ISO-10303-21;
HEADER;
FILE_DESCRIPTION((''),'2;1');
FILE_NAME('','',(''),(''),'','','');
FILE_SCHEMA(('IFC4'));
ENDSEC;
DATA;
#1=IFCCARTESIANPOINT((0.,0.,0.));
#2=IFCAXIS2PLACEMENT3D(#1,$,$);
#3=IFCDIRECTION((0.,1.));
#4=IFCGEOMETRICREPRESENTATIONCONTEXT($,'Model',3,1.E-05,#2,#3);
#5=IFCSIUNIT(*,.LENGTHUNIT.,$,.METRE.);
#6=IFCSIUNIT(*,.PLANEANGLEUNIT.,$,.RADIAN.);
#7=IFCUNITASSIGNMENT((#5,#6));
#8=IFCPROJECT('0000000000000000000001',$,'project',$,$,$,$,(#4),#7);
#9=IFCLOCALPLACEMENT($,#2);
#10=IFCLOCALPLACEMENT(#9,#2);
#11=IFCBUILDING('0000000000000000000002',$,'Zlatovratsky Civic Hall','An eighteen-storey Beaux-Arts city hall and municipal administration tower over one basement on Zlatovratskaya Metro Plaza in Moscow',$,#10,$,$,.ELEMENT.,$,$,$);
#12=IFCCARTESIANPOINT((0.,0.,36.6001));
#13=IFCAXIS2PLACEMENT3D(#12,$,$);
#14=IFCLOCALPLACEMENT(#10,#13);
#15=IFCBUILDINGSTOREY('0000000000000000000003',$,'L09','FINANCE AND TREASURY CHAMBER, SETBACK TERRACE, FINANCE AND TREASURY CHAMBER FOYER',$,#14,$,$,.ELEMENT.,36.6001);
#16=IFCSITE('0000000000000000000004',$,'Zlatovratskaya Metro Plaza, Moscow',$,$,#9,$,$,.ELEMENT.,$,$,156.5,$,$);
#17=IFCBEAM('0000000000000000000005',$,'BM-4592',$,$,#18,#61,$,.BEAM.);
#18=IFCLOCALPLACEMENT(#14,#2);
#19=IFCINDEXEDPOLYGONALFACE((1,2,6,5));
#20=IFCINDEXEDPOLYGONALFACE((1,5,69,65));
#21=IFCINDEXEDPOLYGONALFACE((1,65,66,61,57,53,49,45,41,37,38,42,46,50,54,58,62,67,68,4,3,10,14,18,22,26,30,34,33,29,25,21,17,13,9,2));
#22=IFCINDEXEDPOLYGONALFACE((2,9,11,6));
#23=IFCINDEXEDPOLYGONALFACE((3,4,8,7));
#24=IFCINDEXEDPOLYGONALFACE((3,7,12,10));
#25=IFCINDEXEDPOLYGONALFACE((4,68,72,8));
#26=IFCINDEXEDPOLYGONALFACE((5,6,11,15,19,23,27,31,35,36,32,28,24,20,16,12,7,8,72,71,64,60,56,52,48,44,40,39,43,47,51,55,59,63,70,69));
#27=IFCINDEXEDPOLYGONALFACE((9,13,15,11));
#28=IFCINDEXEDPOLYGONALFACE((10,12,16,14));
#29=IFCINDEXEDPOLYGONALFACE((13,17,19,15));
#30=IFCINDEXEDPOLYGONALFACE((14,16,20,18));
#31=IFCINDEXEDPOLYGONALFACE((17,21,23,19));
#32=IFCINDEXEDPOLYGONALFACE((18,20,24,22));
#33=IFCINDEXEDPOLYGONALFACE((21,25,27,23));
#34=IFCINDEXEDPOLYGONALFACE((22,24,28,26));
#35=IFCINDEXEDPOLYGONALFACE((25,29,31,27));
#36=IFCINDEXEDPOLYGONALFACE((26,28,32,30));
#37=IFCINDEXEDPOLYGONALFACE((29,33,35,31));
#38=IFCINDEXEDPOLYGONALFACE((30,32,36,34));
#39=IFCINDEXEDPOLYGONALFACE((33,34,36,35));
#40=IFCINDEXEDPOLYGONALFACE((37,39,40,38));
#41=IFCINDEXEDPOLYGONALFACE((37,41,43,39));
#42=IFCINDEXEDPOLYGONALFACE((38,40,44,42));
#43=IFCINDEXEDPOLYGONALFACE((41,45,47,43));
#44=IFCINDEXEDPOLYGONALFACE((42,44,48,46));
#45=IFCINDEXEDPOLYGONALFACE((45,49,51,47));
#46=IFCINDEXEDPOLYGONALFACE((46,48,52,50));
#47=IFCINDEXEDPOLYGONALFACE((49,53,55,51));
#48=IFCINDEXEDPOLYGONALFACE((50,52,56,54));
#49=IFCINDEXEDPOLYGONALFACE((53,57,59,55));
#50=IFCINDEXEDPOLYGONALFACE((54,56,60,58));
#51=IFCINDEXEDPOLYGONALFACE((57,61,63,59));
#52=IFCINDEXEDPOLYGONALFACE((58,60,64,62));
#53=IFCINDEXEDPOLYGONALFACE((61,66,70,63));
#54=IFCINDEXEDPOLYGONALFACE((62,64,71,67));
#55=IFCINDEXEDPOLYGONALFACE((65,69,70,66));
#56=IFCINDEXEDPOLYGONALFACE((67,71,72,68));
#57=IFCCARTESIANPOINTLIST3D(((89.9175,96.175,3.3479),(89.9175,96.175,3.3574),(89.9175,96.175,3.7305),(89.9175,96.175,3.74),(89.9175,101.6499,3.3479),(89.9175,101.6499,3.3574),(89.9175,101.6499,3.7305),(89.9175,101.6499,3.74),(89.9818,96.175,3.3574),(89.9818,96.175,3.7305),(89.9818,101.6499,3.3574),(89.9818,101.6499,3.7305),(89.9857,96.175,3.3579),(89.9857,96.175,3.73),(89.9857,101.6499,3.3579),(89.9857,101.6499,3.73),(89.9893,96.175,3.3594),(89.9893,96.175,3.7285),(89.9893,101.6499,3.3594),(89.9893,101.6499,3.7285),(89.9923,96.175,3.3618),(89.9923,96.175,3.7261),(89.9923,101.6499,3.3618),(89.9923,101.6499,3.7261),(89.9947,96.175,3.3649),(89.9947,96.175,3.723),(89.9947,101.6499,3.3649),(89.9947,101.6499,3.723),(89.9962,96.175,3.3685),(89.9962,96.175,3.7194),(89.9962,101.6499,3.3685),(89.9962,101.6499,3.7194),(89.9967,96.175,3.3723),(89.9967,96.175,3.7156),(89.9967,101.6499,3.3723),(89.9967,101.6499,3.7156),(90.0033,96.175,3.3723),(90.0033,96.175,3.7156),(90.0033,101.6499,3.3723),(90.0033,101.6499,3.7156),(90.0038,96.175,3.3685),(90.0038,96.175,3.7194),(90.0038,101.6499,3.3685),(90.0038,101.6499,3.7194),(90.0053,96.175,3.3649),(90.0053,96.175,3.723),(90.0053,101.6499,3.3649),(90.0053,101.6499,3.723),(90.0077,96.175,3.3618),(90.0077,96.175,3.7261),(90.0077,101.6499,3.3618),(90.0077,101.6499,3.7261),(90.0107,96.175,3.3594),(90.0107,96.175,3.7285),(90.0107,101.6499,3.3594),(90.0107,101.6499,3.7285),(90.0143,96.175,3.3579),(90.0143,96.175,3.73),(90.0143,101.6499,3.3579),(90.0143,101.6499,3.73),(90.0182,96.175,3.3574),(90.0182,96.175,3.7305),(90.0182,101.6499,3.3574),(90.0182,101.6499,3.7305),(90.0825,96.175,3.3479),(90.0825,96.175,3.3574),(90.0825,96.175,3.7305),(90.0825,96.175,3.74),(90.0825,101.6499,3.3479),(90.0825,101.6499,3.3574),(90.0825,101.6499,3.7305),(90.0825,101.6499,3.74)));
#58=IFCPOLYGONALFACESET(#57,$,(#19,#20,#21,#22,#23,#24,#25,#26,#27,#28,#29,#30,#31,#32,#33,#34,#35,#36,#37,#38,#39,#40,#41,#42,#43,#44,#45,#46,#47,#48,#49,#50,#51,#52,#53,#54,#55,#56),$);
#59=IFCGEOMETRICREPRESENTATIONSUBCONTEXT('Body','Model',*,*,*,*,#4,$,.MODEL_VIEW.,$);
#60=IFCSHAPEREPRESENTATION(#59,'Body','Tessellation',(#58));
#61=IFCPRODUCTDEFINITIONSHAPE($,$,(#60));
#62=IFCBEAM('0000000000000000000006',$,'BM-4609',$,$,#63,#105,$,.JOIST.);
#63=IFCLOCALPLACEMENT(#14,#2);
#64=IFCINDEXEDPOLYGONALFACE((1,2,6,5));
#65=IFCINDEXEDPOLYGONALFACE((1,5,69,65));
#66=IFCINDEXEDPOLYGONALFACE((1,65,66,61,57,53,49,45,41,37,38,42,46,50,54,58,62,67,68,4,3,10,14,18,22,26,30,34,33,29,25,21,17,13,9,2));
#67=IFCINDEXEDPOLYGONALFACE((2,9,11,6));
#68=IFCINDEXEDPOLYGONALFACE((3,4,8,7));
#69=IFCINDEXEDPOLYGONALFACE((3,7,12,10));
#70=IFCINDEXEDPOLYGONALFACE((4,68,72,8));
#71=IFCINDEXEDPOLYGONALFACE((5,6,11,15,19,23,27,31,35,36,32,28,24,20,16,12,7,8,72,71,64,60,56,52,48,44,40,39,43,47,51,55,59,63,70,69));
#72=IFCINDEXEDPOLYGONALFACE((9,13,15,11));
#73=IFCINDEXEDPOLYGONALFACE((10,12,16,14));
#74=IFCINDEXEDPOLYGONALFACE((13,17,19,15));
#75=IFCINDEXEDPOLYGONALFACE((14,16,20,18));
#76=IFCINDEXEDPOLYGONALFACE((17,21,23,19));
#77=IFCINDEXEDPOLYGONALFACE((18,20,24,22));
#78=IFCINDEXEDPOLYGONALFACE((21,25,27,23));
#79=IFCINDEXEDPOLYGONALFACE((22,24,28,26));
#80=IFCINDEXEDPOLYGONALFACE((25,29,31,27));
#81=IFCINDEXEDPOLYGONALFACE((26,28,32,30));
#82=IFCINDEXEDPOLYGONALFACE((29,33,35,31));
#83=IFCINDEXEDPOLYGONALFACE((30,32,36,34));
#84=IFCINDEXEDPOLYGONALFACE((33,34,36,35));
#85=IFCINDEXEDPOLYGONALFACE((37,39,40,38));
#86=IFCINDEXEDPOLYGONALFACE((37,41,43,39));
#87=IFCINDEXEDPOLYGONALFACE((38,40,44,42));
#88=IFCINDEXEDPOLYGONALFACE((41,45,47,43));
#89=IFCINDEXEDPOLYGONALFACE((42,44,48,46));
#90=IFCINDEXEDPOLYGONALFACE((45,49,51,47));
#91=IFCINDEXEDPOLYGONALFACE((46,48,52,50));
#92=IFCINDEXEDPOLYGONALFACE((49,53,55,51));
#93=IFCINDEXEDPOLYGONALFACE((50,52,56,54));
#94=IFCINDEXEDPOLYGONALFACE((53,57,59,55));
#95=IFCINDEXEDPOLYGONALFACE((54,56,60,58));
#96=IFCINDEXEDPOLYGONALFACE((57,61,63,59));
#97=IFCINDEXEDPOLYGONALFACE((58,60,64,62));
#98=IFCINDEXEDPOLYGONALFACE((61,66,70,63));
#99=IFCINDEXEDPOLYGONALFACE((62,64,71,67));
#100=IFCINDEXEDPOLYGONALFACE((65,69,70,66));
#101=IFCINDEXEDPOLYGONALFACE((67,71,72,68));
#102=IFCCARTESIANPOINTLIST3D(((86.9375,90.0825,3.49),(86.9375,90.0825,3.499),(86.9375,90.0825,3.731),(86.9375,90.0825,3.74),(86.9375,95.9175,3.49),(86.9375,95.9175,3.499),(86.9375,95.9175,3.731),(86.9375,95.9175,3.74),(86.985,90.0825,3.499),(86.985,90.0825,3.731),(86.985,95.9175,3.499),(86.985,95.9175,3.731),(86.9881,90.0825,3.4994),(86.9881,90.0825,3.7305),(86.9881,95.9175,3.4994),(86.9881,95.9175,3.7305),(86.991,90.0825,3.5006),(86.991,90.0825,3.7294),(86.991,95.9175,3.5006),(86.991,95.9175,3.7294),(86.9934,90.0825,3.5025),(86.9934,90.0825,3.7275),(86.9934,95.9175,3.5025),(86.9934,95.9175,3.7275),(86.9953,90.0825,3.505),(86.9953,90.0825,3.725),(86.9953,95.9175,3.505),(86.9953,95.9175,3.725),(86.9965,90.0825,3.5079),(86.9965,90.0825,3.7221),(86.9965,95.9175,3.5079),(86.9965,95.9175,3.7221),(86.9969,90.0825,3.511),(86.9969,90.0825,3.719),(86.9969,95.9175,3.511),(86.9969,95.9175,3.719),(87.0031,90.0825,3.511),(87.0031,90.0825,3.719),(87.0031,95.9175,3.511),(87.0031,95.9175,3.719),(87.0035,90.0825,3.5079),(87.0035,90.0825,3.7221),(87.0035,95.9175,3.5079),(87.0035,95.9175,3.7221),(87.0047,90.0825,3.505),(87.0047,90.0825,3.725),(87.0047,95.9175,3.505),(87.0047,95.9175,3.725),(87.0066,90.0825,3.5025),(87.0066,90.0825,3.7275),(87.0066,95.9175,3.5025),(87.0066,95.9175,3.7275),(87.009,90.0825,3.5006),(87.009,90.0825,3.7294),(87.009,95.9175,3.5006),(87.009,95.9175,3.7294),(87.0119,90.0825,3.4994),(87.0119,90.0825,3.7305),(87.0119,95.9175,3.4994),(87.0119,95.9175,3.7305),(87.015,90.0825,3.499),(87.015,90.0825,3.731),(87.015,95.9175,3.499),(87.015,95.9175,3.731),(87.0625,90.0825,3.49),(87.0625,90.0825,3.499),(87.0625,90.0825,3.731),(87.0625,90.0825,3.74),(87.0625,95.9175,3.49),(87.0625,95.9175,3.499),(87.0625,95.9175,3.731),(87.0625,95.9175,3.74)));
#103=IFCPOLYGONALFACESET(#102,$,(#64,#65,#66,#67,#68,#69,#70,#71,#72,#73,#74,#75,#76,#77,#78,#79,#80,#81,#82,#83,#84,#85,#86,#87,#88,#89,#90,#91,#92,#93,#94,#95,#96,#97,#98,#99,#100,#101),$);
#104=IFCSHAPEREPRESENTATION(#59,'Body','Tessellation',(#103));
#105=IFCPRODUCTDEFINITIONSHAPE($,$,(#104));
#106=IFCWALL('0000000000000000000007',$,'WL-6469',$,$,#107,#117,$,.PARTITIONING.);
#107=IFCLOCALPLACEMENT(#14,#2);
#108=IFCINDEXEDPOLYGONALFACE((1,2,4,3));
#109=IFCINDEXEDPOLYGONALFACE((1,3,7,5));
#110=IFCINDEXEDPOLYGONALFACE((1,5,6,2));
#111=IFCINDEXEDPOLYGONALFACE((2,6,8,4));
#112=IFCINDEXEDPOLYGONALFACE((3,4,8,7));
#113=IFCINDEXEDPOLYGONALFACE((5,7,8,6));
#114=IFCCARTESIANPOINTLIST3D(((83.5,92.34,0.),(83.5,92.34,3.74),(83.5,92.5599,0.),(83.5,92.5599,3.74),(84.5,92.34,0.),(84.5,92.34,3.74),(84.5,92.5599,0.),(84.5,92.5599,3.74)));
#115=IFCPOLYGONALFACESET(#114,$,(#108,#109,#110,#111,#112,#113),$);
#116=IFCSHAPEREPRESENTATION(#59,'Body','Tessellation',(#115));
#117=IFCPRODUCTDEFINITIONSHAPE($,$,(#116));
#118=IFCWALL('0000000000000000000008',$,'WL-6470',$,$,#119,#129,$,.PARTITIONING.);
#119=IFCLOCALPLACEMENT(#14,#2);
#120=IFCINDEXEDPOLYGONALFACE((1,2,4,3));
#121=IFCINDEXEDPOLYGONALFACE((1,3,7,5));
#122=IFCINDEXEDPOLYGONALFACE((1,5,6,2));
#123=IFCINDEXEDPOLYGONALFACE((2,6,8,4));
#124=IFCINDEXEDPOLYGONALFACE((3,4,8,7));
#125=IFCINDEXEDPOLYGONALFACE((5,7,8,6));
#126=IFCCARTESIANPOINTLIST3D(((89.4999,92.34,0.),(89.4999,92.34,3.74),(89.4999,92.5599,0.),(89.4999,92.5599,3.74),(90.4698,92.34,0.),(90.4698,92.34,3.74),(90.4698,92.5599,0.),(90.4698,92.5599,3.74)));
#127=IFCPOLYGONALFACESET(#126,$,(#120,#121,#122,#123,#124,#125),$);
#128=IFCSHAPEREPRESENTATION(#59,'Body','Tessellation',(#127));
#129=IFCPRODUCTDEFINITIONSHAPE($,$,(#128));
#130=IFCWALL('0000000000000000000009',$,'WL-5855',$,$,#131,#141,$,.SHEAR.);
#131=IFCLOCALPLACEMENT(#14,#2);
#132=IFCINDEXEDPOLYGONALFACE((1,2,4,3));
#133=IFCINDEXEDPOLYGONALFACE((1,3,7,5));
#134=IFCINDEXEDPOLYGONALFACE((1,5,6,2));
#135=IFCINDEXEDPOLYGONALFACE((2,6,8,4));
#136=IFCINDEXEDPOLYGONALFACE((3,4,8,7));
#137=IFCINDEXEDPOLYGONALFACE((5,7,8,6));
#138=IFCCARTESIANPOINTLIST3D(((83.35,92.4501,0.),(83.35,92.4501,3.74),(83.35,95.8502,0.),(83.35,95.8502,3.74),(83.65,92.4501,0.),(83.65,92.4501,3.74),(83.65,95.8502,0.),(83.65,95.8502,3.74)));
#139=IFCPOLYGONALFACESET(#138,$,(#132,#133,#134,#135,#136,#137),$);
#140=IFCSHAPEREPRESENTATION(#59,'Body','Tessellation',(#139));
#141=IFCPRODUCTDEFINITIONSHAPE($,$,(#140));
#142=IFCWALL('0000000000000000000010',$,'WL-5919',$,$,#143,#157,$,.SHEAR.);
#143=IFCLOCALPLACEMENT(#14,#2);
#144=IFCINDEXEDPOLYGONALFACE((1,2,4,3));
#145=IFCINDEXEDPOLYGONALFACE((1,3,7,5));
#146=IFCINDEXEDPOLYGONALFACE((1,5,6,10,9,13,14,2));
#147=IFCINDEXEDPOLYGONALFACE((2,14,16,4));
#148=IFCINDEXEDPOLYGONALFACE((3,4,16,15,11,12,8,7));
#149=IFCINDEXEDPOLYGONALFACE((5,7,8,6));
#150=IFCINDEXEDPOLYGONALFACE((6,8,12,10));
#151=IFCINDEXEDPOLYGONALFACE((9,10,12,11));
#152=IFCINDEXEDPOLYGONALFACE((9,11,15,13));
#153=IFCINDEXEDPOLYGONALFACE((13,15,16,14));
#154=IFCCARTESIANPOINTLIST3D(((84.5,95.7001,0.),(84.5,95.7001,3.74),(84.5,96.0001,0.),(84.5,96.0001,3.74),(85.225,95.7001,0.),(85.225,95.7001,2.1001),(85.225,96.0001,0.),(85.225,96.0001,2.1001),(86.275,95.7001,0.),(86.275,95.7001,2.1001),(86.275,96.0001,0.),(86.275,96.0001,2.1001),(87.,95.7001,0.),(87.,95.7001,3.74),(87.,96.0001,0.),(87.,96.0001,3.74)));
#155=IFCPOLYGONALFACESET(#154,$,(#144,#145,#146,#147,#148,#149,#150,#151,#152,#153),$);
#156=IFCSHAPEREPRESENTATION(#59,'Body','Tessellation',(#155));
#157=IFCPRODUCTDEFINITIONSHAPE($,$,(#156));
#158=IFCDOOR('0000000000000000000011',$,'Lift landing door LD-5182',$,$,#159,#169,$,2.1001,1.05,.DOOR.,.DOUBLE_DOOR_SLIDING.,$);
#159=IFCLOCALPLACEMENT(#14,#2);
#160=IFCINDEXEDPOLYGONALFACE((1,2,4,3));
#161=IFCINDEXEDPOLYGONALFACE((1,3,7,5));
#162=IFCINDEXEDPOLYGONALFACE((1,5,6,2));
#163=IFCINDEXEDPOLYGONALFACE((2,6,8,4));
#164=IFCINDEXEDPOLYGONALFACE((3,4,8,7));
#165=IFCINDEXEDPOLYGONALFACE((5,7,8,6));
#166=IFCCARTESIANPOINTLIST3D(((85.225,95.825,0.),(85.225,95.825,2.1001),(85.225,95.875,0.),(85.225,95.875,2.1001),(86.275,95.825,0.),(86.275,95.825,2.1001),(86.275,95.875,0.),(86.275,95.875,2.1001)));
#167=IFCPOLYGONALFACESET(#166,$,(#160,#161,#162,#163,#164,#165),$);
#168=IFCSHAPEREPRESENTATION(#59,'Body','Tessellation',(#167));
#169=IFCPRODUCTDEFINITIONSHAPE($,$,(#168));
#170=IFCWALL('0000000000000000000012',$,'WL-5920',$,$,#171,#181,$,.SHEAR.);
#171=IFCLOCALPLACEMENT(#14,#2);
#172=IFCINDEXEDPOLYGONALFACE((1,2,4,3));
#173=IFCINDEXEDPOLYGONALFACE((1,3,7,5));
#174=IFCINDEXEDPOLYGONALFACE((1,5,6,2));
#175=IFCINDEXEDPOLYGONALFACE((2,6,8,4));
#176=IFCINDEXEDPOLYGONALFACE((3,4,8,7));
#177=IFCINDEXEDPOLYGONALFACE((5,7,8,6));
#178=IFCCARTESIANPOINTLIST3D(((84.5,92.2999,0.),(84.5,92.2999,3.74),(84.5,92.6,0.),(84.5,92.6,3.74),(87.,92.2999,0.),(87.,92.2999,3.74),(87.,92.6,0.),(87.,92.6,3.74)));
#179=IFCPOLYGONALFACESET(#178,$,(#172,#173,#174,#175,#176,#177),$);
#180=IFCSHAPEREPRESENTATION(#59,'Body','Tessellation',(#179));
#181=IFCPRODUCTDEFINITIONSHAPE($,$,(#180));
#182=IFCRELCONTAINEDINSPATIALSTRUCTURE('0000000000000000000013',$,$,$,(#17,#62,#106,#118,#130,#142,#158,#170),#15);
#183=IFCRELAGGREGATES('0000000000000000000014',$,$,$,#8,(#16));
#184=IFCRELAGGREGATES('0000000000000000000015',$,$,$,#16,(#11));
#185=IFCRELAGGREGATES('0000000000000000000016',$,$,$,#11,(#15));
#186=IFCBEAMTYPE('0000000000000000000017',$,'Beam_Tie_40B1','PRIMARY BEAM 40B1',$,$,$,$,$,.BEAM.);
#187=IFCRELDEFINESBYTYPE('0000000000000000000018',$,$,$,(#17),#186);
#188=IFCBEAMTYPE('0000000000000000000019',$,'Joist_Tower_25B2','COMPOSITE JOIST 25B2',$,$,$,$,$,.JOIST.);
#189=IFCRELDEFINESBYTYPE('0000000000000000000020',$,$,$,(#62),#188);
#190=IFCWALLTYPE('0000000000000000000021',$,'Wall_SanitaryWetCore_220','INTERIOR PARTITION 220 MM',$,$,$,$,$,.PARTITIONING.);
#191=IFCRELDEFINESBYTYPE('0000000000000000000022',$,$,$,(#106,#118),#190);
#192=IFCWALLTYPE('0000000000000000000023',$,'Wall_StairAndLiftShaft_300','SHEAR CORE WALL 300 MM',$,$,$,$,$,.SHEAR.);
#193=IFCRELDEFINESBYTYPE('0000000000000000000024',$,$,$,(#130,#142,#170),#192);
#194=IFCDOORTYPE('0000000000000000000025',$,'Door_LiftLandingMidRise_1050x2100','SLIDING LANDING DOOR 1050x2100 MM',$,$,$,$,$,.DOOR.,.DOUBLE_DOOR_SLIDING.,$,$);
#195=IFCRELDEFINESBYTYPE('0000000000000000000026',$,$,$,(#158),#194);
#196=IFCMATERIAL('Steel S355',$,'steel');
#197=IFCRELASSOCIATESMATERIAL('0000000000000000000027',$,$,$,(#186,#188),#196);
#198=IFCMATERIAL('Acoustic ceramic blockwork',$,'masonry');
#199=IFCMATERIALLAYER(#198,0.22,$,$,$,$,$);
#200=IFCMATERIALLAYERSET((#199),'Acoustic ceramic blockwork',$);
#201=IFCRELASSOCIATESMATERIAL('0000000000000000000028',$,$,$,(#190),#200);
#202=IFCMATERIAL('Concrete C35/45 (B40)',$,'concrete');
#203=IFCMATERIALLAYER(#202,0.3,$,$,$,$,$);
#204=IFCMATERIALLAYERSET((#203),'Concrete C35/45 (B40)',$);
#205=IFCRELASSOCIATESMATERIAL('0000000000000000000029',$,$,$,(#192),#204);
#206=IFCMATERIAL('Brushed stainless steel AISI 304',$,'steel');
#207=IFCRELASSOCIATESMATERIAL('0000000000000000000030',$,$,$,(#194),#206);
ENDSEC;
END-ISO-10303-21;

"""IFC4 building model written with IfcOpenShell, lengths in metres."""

from ifc_helpers import new_model, si_unit, direction, frame, frame_2d, origin, origin_2d, place, context, subcontext, project, spatial, rectangle, i_section, extrude, material, layer, layer_set, material_profile, profile_set, type_object, element, fill, save


model = new_model("IFC4")

# Units and contexts
model_context = context("Model", 3, precision=1e-05, world=origin(), true_north=direction((0.0, 1.0)))
body_context = subcontext(model_context, "Body", "Model", "MODEL_VIEW")
ifc_project = project(units=[si_unit("LENGTHUNIT", "METRE"), si_unit("PLANEANGLEUNIT", "RADIAN")], contexts=[model_context])

# Site, building, storey
site_placement = place(None, origin())
site = spatial("IfcSite", under=ifc_project, at=site_placement, Name="Zlatovratskaya Metro Plaza, Moscow", CompositionType="ELEMENT", RefElevation=156.5)
building_placement = place(site_placement, origin())
building = spatial("IfcBuilding", under=site, at=building_placement, Name="Zlatovratsky Civic Hall", Description="An eighteen-storey Beaux-Arts city hall and municipal administration tower over one basement on Zlatovratskaya Metro Plaza in Moscow", CompositionType="ELEMENT")
storey_placement = place(building_placement, frame((0.0, 0.0, 36.6001)))
storey = spatial("IfcBuildingStorey", under=building, at=storey_placement, Name="L09", Description="FINANCE AND TREASURY CHAMBER, SETBACK TERRACE, FINANCE AND TREASURY CHAMBER FOYER", CompositionType="ELEMENT", Elevation=36.6001)

# Shared definitions
ifc_material_1 = material(Name="Concrete C35/45 (B40)", Category="concrete")
ifc_material_2 = material(Name="Steel S355", Category="steel")

# Beams
ifc_material_profile_1 = material_profile(ifc_material_2, i_section(OverallWidth=0.165, OverallDepth=0.3921, WebThickness=0.0066, FlangeThickness=0.0095, FilletRadius=0.0149, at=origin_2d()), Name="40B1")
ifc_profile_set_1 = profile_set([ifc_material_profile_1], Name="Steel S355")
beam_type_1 = type_object("IfcBeamType", Name="Beam_Tie_40B1", Description="PRIMARY BEAM 40B1", PredefinedType="BEAM", material=ifc_profile_set_1)
for number, where, z_axis, x_axis, name in (
    (1, (90.0, 96.175, 3.5439), (0.0, 1.0, 0.0), (-1.0, 0.0, 0.0), "BM-4592"),
):
    element("IfcBeam", number, at=place(storey_placement, frame(where, z_axis=z_axis, x_axis=x_axis)), inside=storey, type_object=beam_type_1, Name=name, PredefinedType="BEAM", context=body_context, shape_type="SweptSolid", body=[
        extrude(i_section(OverallWidth=0.165, OverallDepth=0.3921, WebThickness=0.0066, FlangeThickness=0.0095, FilletRadius=0.0149, at=origin_2d()), origin(), (0.0, 0.0, 1.0), 5.4749),
    ])
ifc_material_profile_2 = material_profile(ifc_material_2, i_section(OverallWidth=0.125, OverallDepth=0.25, WebThickness=0.0061, FlangeThickness=0.009, FilletRadius=0.012, at=origin_2d()), Name="25B2")
ifc_profile_set_2 = profile_set([ifc_material_profile_2], Name="Steel S355")
beam_type_2 = type_object("IfcBeamType", Name="Joist_Tower_25B2", Description="COMPOSITE JOIST 25B2", PredefinedType="JOIST", material=ifc_profile_set_2)
beam_1_placement = place(storey_placement, frame((87.0, 90.0825, 3.615), z_axis=(0.0, 1.0, 0.0), x_axis=(-1.0, 0.0, 0.0)))
element("IfcBeam", 2, at=beam_1_placement, inside=storey, type_object=beam_type_2, Name="BM-4609", PredefinedType="JOIST", context=body_context, shape_type="SweptSolid", body=[
    extrude(i_section(OverallWidth=0.125, OverallDepth=0.25, WebThickness=0.0061, FlangeThickness=0.009, FilletRadius=0.012, at=origin_2d()), origin(), (0.0, 0.0, 1.0), 5.835),
])

# Walls
ifc_material_3 = material(Name="Acoustic ceramic blockwork", Category="masonry")
ifc_layer_1 = layer(ifc_material_3, 0.22)
ifc_layer_set_1 = layer_set([ifc_layer_1], Name="Acoustic ceramic blockwork")
wall_type_1 = type_object("IfcWallType", Name="Wall_SanitaryWetCore_220", Description="INTERIOR PARTITION 220 MM", PredefinedType="PARTITIONING", material=ifc_layer_set_1)
wall_1_placement = place(storey_placement, frame((83.5, 92.45, 0.0), z_axis=(0.0, 0.0, 1.0), x_axis=(1.0, 0.0, 0.0)))
element("IfcWall", 3, at=wall_1_placement, inside=storey, type_object=wall_type_1, Name="WL-6469", PredefinedType="PARTITIONING", context=body_context, shape_type="SweptSolid", body=[
    extrude(rectangle(XDim=1.0, YDim=0.22, at=frame_2d((0.5, 0.0))), origin(), (0.0, 0.0, 1.0), 3.74),
])
wall_2_placement = place(storey_placement, frame((89.5, 92.45, 0.0), z_axis=(0.0, 0.0, 1.0), x_axis=(1.0, 0.0, 0.0)))
element("IfcWall", 4, at=wall_2_placement, inside=storey, type_object=wall_type_1, Name="WL-6470", PredefinedType="PARTITIONING", context=body_context, shape_type="SweptSolid", body=[
    extrude(rectangle(XDim=0.97, YDim=0.22, at=frame_2d((0.4849, 0.0))), origin(), (0.0, 0.0, 1.0), 3.74),
])
ifc_layer_2 = layer(ifc_material_1, 0.3)
ifc_layer_set_2 = layer_set([ifc_layer_2], Name="Concrete C35/45 (B40)")
wall_type_2 = type_object("IfcWallType", Name="Wall_StairAndLiftShaft_300", Description="SHEAR CORE WALL 300 MM", PredefinedType="SHEAR", material=ifc_layer_set_2)
wall_3_placement = place(storey_placement, frame((83.5, 92.45, 0.0), z_axis=(0.0, 0.0, 1.0), x_axis=(0.0, 1.0, 0.0)))
element("IfcWall", 5, at=wall_3_placement, inside=storey, type_object=wall_type_2, Name="WL-5855", PredefinedType="SHEAR", context=body_context, shape_type="SweptSolid", body=[
    extrude(rectangle(XDim=3.4001, YDim=0.3, at=frame_2d((1.7002, 0.0))), origin(), (0.0, 0.0, 1.0), 3.74),
])

# Wall, opening, door
wall_4_placement = place(storey_placement, frame((84.5, 95.8501, 0.0), z_axis=(0.0, 0.0, 1.0), x_axis=(1.0, 0.0, 0.0)))
wall_4 = element("IfcWall", 6, at=wall_4_placement, inside=storey, type_object=wall_type_2, Name="WL-5919", PredefinedType="SHEAR", context=body_context, shape_type="SweptSolid", body=[
    extrude(rectangle(XDim=2.5, YDim=0.3, at=frame_2d((1.25, 0.0))), origin(), (0.0, 0.0, 1.0), 3.74),
])
opening_1_placement = place(wall_4_placement, frame((0.7251, 0.0, 0.0)))
opening_1 = element("IfcOpeningElement", 7, at=opening_1_placement, cuts=wall_4, PredefinedType="OPENING", context=body_context, shape_type="SweptSolid", body=[
    extrude(rectangle(XDim=1.05, YDim=2.1001, at=frame_2d((0.5249, 1.05))), frame((0.0, 0.165, 0.0), z_axis=(0.0, -1.0, 0.0), x_axis=(1.0, 0.0, 0.0)), (0.0, 0.0, 1.0), 0.3298),
])
ifc_material_4 = material(Name="Brushed stainless steel AISI 304", Category="steel")
door_type = type_object("IfcDoorType", Name="Door_LiftLandingMidRise_1050x2100", Description="SLIDING LANDING DOOR 1050x2100 MM", OperationType="DOUBLE_DOOR_SLIDING", PredefinedType="DOOR", material=ifc_material_4)
door_1_placement = place(opening_1_placement, origin())
door_1 = element("IfcDoor", 8, at=door_1_placement, inside=storey, type_object=door_type, Name="Lift landing door LD-5182", OperationType="DOUBLE_DOOR_SLIDING", OverallHeight=2.1001, OverallWidth=1.05, PredefinedType="DOOR", context=body_context, shape_type="SweptSolid", body=[
    extrude(rectangle(XDim=1.05, YDim=2.1001, at=frame_2d((0.5249, 1.05))), frame((0.0, 0.0249, 0.0), z_axis=(0.0, -1.0, 0.0), x_axis=(1.0, 0.0, 0.0)), (0.0, 0.0, 1.0), 0.05),
])
fill(opening_1, door_1)

# Wall
wall_5_placement = place(storey_placement, frame((84.5, 92.45, 0.0), z_axis=(0.0, 0.0, 1.0), x_axis=(1.0, 0.0, 0.0)))
element("IfcWall", 9, at=wall_5_placement, inside=storey, type_object=wall_type_2, Name="WL-5920", PredefinedType="SHEAR", context=body_context, shape_type="SweptSolid", body=[
    extrude(rectangle(XDim=2.5, YDim=0.3, at=frame_2d((1.25, 0.0))), origin(), (0.0, 0.0, 1.0), 3.74),
])

save(model, "model.ifc")
